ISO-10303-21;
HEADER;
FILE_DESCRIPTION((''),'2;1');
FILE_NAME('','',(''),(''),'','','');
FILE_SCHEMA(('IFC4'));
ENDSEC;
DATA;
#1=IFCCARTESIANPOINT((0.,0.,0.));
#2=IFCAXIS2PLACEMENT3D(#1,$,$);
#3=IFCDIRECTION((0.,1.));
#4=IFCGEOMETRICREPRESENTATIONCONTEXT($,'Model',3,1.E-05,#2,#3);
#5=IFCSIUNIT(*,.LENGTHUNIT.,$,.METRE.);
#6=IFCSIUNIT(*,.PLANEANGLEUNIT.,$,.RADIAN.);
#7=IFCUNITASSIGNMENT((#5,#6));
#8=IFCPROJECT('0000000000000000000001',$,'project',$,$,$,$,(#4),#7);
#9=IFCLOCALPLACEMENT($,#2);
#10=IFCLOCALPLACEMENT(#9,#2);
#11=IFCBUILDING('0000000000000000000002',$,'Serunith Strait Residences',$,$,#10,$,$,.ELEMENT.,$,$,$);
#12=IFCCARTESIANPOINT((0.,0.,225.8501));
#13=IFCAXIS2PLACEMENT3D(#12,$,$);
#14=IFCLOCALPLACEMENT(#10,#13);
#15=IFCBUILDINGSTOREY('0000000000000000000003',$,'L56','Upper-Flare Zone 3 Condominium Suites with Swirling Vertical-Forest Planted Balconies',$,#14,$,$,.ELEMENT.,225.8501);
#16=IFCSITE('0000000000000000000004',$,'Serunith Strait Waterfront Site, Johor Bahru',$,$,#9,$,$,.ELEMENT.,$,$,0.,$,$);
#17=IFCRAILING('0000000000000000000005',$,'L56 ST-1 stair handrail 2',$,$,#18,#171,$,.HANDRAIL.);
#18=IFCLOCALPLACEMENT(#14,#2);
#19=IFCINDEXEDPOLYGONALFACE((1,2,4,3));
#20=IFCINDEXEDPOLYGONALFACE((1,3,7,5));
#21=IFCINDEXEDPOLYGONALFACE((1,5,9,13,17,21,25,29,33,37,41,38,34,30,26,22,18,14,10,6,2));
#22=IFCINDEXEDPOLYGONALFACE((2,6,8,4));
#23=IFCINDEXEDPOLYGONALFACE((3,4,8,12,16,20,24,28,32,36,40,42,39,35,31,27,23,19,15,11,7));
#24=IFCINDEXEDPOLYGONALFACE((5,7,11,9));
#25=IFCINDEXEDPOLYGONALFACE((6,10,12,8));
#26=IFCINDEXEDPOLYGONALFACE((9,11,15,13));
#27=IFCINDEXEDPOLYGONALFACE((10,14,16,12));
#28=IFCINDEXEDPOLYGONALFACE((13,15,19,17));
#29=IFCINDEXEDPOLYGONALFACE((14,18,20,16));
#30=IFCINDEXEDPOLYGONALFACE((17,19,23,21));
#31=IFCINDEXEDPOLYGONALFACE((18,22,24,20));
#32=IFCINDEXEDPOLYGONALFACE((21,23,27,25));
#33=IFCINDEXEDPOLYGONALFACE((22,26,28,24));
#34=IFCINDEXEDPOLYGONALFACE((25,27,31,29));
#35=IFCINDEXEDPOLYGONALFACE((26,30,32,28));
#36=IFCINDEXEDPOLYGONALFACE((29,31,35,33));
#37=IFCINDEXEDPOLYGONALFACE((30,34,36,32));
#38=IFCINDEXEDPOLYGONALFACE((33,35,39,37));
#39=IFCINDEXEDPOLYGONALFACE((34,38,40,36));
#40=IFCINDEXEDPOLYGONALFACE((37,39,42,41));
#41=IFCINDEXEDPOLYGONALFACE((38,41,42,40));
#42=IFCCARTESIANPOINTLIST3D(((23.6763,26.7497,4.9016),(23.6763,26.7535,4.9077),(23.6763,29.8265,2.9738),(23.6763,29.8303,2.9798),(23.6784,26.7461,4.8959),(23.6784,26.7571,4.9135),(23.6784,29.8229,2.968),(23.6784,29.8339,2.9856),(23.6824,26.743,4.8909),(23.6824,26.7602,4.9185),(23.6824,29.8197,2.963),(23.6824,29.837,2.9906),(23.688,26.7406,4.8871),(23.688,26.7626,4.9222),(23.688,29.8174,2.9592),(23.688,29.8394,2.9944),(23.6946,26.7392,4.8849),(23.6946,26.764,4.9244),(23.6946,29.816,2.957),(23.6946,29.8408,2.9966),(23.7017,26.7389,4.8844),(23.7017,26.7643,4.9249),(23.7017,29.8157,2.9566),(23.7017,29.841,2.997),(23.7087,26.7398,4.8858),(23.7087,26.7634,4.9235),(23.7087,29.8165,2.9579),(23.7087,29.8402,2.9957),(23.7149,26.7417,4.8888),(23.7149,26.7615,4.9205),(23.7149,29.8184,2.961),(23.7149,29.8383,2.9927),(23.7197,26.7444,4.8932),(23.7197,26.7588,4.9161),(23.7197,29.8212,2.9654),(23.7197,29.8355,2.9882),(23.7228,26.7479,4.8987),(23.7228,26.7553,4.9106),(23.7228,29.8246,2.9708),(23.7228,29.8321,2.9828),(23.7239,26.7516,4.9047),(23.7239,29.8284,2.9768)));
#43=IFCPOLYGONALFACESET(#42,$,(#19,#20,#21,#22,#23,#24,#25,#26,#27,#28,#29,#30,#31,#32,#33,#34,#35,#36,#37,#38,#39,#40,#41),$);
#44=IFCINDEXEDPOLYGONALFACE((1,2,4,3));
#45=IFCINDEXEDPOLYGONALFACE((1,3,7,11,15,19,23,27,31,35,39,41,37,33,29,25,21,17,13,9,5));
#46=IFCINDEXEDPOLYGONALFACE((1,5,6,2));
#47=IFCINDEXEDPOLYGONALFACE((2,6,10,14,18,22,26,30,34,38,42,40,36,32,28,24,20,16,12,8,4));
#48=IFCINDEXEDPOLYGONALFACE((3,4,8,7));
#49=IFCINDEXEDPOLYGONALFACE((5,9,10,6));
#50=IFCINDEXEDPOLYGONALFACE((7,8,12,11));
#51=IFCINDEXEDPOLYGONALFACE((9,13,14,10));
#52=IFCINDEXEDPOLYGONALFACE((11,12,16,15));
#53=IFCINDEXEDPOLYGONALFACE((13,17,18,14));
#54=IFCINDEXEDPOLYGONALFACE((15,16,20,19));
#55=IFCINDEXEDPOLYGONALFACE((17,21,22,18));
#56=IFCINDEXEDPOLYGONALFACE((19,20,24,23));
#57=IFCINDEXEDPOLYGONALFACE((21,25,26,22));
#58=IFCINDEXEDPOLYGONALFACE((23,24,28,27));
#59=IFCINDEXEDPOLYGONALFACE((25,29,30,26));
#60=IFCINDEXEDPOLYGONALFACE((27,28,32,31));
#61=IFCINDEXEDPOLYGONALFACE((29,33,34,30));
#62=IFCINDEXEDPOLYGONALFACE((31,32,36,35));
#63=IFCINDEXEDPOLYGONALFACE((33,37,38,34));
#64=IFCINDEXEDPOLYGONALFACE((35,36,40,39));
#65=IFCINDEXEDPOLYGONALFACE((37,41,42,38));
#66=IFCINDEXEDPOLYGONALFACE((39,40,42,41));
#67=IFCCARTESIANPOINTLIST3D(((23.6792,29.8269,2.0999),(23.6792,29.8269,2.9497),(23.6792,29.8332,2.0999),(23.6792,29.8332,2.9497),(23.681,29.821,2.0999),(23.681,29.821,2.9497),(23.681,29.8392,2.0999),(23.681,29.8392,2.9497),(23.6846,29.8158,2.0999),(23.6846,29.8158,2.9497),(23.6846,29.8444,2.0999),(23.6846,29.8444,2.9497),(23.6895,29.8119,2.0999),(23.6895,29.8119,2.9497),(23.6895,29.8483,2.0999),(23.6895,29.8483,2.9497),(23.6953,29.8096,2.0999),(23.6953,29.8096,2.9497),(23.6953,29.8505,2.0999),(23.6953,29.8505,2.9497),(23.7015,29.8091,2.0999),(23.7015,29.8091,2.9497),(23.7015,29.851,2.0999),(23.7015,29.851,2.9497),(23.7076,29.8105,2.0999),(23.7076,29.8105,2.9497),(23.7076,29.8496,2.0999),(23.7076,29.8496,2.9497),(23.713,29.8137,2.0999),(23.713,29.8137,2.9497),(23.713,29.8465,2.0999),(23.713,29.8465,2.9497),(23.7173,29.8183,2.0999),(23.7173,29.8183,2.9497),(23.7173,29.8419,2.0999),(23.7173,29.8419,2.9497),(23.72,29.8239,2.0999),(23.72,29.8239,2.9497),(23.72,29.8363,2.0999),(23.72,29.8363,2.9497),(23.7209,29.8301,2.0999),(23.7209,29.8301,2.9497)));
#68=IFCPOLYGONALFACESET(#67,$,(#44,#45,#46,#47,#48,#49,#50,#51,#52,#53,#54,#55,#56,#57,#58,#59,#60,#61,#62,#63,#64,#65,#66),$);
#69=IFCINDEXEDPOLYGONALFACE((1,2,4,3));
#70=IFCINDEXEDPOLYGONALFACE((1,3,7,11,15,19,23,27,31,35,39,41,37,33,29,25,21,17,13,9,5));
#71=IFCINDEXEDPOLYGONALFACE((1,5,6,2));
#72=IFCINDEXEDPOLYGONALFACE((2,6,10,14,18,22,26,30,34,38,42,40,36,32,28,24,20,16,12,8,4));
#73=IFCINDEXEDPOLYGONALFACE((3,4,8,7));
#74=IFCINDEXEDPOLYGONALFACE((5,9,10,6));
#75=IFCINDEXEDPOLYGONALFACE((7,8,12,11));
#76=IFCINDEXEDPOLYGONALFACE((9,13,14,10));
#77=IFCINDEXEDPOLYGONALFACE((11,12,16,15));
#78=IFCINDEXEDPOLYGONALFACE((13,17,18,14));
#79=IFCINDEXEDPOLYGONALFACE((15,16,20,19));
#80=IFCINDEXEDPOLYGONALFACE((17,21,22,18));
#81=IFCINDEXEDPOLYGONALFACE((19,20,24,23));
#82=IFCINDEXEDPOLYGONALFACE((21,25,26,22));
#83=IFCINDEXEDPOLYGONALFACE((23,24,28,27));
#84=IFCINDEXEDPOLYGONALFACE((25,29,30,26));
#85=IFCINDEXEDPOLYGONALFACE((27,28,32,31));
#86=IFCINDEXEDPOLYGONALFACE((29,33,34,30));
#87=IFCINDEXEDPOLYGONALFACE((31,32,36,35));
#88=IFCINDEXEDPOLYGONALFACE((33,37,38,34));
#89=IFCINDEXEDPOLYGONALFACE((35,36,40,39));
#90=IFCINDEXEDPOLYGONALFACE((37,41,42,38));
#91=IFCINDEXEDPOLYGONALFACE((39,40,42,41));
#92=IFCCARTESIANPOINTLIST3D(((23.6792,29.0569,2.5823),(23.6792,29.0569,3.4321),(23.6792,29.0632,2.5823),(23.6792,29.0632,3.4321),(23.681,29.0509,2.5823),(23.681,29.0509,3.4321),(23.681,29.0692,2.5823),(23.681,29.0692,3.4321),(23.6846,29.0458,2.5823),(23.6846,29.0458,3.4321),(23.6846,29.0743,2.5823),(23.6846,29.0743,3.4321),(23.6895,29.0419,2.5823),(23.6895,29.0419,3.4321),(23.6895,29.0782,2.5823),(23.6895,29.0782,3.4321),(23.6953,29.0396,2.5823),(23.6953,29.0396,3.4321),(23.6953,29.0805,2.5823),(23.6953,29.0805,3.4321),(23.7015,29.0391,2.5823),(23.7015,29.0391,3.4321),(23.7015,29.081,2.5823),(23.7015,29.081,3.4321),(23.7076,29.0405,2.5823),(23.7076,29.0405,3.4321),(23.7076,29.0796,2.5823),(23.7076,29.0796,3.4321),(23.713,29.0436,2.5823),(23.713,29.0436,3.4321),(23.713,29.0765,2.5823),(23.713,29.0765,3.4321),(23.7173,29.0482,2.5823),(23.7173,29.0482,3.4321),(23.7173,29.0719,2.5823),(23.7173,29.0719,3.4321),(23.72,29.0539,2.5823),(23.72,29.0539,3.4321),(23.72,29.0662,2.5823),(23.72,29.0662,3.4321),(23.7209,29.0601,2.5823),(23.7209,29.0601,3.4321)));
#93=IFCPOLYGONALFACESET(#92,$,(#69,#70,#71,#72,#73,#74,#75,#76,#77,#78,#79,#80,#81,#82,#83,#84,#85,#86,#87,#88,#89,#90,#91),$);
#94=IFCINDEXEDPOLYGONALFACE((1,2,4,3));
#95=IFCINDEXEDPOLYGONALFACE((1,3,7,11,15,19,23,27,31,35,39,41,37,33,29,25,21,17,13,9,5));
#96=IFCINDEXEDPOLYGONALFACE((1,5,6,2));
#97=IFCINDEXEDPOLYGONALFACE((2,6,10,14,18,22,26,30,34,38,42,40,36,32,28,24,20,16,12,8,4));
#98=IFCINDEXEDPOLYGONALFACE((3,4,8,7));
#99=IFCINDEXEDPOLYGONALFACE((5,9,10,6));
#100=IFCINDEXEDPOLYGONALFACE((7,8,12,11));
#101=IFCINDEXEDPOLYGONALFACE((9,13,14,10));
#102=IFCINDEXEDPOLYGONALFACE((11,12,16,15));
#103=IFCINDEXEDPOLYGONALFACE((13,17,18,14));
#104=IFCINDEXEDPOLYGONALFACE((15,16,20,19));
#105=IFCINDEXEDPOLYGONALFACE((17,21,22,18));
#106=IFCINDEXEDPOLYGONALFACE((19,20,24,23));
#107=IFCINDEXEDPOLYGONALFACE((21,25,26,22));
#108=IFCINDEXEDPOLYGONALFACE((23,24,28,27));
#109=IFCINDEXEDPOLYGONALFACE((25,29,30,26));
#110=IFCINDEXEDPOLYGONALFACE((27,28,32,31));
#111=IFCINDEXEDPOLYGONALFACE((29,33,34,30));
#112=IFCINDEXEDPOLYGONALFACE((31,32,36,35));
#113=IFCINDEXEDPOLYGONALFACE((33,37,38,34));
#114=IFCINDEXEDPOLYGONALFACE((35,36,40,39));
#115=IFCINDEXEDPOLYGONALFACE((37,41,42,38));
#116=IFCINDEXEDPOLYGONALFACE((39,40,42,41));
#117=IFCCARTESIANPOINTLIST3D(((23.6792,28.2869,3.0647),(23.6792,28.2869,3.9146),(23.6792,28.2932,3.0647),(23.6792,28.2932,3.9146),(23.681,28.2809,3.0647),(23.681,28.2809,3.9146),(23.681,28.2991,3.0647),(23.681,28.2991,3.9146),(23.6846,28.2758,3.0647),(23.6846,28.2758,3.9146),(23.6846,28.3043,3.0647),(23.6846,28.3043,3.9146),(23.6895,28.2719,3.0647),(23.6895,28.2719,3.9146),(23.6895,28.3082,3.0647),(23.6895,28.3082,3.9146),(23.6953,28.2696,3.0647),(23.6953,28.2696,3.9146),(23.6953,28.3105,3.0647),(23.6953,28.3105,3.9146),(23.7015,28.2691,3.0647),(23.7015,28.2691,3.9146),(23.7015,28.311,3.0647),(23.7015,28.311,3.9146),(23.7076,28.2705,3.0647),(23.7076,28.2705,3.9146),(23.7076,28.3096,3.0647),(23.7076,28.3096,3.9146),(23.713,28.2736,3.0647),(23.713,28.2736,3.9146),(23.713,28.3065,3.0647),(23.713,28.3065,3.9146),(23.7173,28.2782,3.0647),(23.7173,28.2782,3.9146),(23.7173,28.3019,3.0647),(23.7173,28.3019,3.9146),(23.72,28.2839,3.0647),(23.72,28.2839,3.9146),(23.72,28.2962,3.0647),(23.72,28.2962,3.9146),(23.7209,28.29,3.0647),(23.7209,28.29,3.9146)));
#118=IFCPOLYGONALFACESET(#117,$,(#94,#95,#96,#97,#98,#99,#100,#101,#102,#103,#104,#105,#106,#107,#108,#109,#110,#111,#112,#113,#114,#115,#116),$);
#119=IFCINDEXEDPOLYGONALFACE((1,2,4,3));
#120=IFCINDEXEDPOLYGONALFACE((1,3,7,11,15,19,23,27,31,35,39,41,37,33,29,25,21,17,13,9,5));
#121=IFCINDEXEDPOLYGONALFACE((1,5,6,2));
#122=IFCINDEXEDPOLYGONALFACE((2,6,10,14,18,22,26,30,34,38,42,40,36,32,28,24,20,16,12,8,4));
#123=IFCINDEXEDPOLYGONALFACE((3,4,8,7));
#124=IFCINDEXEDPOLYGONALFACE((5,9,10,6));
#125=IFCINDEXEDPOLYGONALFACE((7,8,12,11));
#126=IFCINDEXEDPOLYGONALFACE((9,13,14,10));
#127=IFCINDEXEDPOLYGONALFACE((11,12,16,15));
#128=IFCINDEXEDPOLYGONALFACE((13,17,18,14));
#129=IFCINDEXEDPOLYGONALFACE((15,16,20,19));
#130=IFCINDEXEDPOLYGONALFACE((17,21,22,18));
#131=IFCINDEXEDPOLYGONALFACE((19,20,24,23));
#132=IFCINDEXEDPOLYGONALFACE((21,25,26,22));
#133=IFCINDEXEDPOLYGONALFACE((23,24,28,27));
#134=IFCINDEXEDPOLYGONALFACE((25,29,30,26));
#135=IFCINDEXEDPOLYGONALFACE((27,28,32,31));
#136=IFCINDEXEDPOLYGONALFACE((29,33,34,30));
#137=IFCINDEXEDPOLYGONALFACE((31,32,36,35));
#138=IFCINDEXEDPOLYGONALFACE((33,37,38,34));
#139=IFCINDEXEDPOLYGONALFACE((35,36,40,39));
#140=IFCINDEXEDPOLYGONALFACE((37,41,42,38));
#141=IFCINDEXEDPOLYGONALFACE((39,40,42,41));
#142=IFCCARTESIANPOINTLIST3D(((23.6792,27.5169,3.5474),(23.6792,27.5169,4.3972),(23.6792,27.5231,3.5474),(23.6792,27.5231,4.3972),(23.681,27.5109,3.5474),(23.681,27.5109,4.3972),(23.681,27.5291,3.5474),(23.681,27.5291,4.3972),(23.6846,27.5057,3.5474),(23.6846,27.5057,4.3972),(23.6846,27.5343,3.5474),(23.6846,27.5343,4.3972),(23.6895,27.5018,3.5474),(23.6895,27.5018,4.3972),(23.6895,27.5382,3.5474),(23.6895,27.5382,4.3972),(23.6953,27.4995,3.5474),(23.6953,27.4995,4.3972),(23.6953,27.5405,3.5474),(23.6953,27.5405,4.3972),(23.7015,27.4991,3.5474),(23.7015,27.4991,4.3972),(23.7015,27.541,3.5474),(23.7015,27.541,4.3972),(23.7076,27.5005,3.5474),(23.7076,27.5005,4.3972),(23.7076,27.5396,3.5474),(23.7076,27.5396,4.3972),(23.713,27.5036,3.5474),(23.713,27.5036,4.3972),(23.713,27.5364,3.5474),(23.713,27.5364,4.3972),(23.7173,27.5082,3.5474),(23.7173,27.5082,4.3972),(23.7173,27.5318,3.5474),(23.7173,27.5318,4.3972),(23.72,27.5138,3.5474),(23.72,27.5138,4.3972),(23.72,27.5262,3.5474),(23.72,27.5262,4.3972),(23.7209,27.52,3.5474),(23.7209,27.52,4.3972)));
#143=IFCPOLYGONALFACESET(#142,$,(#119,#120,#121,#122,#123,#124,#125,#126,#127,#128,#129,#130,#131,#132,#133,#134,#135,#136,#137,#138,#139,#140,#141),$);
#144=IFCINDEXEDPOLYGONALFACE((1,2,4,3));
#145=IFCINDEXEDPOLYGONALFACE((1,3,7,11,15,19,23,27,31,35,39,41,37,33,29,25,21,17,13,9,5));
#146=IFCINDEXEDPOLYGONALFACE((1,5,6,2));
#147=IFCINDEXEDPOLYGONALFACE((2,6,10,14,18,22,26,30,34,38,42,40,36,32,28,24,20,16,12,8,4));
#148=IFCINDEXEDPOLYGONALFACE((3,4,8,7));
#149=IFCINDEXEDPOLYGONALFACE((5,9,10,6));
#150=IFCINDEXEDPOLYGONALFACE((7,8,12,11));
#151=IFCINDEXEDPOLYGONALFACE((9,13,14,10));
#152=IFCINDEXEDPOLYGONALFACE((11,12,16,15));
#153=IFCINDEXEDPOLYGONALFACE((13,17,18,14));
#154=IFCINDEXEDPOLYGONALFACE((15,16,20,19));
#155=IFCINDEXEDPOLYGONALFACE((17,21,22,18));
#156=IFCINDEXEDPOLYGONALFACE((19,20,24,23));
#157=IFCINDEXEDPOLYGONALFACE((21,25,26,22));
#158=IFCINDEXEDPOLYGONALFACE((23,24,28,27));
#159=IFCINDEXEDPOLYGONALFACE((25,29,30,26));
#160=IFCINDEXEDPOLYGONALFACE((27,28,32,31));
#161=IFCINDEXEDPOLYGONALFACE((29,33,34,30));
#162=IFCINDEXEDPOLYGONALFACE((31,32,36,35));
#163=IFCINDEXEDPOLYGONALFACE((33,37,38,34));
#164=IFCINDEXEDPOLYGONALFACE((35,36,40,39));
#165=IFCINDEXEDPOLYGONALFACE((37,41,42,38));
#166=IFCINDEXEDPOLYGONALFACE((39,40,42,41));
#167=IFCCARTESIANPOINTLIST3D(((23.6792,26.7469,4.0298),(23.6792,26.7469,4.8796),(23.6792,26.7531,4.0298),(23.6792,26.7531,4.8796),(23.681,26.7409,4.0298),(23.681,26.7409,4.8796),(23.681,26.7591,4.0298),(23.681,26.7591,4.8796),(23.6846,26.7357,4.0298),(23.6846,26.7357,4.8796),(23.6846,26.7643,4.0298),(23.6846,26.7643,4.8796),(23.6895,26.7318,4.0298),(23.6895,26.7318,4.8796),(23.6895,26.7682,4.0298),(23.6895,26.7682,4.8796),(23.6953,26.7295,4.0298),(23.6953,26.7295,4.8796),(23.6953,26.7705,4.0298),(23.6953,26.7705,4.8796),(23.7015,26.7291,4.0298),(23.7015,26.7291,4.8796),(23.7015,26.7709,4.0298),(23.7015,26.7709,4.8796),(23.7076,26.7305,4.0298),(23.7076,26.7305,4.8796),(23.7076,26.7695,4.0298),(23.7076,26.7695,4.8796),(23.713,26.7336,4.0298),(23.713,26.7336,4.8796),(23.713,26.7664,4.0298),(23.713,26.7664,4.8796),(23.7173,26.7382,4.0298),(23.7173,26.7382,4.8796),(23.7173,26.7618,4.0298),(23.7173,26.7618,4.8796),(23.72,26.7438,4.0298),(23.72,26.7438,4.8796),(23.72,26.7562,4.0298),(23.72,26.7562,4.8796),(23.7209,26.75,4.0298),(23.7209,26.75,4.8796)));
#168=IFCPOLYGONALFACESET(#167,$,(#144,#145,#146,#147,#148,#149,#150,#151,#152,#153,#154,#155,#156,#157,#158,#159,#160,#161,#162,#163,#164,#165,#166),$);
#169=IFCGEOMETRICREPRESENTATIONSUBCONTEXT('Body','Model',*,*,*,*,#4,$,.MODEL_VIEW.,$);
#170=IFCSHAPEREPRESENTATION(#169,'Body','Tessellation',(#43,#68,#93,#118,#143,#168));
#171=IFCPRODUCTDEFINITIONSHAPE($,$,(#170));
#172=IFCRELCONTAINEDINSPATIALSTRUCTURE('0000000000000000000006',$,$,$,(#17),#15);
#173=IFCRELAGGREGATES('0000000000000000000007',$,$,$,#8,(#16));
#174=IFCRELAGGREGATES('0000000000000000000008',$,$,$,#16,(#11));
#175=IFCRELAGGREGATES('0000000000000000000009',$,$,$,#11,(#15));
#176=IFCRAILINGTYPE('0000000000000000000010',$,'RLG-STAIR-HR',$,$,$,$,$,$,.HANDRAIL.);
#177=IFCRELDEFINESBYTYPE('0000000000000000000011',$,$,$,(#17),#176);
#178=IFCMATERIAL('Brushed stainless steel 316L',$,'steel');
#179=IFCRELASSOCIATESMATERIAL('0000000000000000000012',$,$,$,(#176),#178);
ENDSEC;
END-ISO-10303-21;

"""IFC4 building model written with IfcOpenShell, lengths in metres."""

from ifc_helpers import new_model, si_unit, direction, frame, origin, origin_2d, place, context, subcontext, project, spatial, circle, extrude, material, type_object, element, save


model = new_model("IFC4")

# Units and contexts
model_context = context("Model", 3, precision=1e-05, world=origin(), true_north=direction((0.0, 1.0)))
body_context = subcontext(model_context, "Body", "Model", "MODEL_VIEW")
ifc_project = project(units=[si_unit("LENGTHUNIT", "METRE"), si_unit("PLANEANGLEUNIT", "RADIAN")], contexts=[model_context])

# Site, building, storey
site_placement = place(None, origin())
site = spatial("IfcSite", under=ifc_project, at=site_placement, Name="Serunith Strait Waterfront Site, Johor Bahru", CompositionType="ELEMENT", RefElevation=0.0)
building_placement = place(site_placement, origin())
building = spatial("IfcBuilding", under=site, at=building_placement, Name="Serunith Strait Residences", CompositionType="ELEMENT")
storey_placement = place(building_placement, frame((0.0, 0.0, 225.8501)))
storey = spatial("IfcBuildingStorey", under=building, at=storey_placement, Name="L56", Description="Upper-Flare Zone 3 Condominium Suites with Swirling Vertical-Forest Planted Balconies", CompositionType="ELEMENT", Elevation=225.8501)

# Railing
ifc_material_1 = material(Name="Brushed stainless steel 316L", Category="steel")
railing_type_1 = type_object("IfcRailingType", Name="RLG-STAIR-HR", PredefinedType="HANDRAIL", material=ifc_material_1)
railing_1_placement = place(storey_placement, frame((23.7, 29.8301, 2.0999)))
element("IfcRailing", 1, at=railing_1_placement, inside=storey, type_object=railing_type_1, Name="L56 ST-1 stair handrail 2", PredefinedType="HANDRAIL", context=body_context, shape_type="SweptSolid", body=[
    extrude(circle(Radius=0.0239, at=origin_2d()), frame((0.0, -0.0017, 0.877), z_axis=(0.0, -0.847394, 0.530965), x_axis=(1.0, 0.0, 0.0)), (0.0, 0.0, 1.0), 3.6309),
    extrude(circle(Radius=0.021, at=origin_2d()), origin(), (0.0, 0.0, 1.0), 0.8499),
    extrude(circle(Radius=0.021, at=origin_2d()), frame((0.0, -0.77, 0.4824)), (0.0, 0.0, 1.0), 0.8499),
    extrude(circle(Radius=0.021, at=origin_2d()), frame((0.0, -1.54, 0.9648)), (0.0, 0.0, 1.0), 0.8499),
    extrude(circle(Radius=0.021, at=origin_2d()), frame((0.0, -2.3101, 1.4475)), (0.0, 0.0, 1.0), 0.8499),
    extrude(circle(Radius=0.021, at=origin_2d()), frame((0.0, -3.0801, 1.9299)), (0.0, 0.0, 1.0), 0.8499),
])

save(model, "model.ifc")
